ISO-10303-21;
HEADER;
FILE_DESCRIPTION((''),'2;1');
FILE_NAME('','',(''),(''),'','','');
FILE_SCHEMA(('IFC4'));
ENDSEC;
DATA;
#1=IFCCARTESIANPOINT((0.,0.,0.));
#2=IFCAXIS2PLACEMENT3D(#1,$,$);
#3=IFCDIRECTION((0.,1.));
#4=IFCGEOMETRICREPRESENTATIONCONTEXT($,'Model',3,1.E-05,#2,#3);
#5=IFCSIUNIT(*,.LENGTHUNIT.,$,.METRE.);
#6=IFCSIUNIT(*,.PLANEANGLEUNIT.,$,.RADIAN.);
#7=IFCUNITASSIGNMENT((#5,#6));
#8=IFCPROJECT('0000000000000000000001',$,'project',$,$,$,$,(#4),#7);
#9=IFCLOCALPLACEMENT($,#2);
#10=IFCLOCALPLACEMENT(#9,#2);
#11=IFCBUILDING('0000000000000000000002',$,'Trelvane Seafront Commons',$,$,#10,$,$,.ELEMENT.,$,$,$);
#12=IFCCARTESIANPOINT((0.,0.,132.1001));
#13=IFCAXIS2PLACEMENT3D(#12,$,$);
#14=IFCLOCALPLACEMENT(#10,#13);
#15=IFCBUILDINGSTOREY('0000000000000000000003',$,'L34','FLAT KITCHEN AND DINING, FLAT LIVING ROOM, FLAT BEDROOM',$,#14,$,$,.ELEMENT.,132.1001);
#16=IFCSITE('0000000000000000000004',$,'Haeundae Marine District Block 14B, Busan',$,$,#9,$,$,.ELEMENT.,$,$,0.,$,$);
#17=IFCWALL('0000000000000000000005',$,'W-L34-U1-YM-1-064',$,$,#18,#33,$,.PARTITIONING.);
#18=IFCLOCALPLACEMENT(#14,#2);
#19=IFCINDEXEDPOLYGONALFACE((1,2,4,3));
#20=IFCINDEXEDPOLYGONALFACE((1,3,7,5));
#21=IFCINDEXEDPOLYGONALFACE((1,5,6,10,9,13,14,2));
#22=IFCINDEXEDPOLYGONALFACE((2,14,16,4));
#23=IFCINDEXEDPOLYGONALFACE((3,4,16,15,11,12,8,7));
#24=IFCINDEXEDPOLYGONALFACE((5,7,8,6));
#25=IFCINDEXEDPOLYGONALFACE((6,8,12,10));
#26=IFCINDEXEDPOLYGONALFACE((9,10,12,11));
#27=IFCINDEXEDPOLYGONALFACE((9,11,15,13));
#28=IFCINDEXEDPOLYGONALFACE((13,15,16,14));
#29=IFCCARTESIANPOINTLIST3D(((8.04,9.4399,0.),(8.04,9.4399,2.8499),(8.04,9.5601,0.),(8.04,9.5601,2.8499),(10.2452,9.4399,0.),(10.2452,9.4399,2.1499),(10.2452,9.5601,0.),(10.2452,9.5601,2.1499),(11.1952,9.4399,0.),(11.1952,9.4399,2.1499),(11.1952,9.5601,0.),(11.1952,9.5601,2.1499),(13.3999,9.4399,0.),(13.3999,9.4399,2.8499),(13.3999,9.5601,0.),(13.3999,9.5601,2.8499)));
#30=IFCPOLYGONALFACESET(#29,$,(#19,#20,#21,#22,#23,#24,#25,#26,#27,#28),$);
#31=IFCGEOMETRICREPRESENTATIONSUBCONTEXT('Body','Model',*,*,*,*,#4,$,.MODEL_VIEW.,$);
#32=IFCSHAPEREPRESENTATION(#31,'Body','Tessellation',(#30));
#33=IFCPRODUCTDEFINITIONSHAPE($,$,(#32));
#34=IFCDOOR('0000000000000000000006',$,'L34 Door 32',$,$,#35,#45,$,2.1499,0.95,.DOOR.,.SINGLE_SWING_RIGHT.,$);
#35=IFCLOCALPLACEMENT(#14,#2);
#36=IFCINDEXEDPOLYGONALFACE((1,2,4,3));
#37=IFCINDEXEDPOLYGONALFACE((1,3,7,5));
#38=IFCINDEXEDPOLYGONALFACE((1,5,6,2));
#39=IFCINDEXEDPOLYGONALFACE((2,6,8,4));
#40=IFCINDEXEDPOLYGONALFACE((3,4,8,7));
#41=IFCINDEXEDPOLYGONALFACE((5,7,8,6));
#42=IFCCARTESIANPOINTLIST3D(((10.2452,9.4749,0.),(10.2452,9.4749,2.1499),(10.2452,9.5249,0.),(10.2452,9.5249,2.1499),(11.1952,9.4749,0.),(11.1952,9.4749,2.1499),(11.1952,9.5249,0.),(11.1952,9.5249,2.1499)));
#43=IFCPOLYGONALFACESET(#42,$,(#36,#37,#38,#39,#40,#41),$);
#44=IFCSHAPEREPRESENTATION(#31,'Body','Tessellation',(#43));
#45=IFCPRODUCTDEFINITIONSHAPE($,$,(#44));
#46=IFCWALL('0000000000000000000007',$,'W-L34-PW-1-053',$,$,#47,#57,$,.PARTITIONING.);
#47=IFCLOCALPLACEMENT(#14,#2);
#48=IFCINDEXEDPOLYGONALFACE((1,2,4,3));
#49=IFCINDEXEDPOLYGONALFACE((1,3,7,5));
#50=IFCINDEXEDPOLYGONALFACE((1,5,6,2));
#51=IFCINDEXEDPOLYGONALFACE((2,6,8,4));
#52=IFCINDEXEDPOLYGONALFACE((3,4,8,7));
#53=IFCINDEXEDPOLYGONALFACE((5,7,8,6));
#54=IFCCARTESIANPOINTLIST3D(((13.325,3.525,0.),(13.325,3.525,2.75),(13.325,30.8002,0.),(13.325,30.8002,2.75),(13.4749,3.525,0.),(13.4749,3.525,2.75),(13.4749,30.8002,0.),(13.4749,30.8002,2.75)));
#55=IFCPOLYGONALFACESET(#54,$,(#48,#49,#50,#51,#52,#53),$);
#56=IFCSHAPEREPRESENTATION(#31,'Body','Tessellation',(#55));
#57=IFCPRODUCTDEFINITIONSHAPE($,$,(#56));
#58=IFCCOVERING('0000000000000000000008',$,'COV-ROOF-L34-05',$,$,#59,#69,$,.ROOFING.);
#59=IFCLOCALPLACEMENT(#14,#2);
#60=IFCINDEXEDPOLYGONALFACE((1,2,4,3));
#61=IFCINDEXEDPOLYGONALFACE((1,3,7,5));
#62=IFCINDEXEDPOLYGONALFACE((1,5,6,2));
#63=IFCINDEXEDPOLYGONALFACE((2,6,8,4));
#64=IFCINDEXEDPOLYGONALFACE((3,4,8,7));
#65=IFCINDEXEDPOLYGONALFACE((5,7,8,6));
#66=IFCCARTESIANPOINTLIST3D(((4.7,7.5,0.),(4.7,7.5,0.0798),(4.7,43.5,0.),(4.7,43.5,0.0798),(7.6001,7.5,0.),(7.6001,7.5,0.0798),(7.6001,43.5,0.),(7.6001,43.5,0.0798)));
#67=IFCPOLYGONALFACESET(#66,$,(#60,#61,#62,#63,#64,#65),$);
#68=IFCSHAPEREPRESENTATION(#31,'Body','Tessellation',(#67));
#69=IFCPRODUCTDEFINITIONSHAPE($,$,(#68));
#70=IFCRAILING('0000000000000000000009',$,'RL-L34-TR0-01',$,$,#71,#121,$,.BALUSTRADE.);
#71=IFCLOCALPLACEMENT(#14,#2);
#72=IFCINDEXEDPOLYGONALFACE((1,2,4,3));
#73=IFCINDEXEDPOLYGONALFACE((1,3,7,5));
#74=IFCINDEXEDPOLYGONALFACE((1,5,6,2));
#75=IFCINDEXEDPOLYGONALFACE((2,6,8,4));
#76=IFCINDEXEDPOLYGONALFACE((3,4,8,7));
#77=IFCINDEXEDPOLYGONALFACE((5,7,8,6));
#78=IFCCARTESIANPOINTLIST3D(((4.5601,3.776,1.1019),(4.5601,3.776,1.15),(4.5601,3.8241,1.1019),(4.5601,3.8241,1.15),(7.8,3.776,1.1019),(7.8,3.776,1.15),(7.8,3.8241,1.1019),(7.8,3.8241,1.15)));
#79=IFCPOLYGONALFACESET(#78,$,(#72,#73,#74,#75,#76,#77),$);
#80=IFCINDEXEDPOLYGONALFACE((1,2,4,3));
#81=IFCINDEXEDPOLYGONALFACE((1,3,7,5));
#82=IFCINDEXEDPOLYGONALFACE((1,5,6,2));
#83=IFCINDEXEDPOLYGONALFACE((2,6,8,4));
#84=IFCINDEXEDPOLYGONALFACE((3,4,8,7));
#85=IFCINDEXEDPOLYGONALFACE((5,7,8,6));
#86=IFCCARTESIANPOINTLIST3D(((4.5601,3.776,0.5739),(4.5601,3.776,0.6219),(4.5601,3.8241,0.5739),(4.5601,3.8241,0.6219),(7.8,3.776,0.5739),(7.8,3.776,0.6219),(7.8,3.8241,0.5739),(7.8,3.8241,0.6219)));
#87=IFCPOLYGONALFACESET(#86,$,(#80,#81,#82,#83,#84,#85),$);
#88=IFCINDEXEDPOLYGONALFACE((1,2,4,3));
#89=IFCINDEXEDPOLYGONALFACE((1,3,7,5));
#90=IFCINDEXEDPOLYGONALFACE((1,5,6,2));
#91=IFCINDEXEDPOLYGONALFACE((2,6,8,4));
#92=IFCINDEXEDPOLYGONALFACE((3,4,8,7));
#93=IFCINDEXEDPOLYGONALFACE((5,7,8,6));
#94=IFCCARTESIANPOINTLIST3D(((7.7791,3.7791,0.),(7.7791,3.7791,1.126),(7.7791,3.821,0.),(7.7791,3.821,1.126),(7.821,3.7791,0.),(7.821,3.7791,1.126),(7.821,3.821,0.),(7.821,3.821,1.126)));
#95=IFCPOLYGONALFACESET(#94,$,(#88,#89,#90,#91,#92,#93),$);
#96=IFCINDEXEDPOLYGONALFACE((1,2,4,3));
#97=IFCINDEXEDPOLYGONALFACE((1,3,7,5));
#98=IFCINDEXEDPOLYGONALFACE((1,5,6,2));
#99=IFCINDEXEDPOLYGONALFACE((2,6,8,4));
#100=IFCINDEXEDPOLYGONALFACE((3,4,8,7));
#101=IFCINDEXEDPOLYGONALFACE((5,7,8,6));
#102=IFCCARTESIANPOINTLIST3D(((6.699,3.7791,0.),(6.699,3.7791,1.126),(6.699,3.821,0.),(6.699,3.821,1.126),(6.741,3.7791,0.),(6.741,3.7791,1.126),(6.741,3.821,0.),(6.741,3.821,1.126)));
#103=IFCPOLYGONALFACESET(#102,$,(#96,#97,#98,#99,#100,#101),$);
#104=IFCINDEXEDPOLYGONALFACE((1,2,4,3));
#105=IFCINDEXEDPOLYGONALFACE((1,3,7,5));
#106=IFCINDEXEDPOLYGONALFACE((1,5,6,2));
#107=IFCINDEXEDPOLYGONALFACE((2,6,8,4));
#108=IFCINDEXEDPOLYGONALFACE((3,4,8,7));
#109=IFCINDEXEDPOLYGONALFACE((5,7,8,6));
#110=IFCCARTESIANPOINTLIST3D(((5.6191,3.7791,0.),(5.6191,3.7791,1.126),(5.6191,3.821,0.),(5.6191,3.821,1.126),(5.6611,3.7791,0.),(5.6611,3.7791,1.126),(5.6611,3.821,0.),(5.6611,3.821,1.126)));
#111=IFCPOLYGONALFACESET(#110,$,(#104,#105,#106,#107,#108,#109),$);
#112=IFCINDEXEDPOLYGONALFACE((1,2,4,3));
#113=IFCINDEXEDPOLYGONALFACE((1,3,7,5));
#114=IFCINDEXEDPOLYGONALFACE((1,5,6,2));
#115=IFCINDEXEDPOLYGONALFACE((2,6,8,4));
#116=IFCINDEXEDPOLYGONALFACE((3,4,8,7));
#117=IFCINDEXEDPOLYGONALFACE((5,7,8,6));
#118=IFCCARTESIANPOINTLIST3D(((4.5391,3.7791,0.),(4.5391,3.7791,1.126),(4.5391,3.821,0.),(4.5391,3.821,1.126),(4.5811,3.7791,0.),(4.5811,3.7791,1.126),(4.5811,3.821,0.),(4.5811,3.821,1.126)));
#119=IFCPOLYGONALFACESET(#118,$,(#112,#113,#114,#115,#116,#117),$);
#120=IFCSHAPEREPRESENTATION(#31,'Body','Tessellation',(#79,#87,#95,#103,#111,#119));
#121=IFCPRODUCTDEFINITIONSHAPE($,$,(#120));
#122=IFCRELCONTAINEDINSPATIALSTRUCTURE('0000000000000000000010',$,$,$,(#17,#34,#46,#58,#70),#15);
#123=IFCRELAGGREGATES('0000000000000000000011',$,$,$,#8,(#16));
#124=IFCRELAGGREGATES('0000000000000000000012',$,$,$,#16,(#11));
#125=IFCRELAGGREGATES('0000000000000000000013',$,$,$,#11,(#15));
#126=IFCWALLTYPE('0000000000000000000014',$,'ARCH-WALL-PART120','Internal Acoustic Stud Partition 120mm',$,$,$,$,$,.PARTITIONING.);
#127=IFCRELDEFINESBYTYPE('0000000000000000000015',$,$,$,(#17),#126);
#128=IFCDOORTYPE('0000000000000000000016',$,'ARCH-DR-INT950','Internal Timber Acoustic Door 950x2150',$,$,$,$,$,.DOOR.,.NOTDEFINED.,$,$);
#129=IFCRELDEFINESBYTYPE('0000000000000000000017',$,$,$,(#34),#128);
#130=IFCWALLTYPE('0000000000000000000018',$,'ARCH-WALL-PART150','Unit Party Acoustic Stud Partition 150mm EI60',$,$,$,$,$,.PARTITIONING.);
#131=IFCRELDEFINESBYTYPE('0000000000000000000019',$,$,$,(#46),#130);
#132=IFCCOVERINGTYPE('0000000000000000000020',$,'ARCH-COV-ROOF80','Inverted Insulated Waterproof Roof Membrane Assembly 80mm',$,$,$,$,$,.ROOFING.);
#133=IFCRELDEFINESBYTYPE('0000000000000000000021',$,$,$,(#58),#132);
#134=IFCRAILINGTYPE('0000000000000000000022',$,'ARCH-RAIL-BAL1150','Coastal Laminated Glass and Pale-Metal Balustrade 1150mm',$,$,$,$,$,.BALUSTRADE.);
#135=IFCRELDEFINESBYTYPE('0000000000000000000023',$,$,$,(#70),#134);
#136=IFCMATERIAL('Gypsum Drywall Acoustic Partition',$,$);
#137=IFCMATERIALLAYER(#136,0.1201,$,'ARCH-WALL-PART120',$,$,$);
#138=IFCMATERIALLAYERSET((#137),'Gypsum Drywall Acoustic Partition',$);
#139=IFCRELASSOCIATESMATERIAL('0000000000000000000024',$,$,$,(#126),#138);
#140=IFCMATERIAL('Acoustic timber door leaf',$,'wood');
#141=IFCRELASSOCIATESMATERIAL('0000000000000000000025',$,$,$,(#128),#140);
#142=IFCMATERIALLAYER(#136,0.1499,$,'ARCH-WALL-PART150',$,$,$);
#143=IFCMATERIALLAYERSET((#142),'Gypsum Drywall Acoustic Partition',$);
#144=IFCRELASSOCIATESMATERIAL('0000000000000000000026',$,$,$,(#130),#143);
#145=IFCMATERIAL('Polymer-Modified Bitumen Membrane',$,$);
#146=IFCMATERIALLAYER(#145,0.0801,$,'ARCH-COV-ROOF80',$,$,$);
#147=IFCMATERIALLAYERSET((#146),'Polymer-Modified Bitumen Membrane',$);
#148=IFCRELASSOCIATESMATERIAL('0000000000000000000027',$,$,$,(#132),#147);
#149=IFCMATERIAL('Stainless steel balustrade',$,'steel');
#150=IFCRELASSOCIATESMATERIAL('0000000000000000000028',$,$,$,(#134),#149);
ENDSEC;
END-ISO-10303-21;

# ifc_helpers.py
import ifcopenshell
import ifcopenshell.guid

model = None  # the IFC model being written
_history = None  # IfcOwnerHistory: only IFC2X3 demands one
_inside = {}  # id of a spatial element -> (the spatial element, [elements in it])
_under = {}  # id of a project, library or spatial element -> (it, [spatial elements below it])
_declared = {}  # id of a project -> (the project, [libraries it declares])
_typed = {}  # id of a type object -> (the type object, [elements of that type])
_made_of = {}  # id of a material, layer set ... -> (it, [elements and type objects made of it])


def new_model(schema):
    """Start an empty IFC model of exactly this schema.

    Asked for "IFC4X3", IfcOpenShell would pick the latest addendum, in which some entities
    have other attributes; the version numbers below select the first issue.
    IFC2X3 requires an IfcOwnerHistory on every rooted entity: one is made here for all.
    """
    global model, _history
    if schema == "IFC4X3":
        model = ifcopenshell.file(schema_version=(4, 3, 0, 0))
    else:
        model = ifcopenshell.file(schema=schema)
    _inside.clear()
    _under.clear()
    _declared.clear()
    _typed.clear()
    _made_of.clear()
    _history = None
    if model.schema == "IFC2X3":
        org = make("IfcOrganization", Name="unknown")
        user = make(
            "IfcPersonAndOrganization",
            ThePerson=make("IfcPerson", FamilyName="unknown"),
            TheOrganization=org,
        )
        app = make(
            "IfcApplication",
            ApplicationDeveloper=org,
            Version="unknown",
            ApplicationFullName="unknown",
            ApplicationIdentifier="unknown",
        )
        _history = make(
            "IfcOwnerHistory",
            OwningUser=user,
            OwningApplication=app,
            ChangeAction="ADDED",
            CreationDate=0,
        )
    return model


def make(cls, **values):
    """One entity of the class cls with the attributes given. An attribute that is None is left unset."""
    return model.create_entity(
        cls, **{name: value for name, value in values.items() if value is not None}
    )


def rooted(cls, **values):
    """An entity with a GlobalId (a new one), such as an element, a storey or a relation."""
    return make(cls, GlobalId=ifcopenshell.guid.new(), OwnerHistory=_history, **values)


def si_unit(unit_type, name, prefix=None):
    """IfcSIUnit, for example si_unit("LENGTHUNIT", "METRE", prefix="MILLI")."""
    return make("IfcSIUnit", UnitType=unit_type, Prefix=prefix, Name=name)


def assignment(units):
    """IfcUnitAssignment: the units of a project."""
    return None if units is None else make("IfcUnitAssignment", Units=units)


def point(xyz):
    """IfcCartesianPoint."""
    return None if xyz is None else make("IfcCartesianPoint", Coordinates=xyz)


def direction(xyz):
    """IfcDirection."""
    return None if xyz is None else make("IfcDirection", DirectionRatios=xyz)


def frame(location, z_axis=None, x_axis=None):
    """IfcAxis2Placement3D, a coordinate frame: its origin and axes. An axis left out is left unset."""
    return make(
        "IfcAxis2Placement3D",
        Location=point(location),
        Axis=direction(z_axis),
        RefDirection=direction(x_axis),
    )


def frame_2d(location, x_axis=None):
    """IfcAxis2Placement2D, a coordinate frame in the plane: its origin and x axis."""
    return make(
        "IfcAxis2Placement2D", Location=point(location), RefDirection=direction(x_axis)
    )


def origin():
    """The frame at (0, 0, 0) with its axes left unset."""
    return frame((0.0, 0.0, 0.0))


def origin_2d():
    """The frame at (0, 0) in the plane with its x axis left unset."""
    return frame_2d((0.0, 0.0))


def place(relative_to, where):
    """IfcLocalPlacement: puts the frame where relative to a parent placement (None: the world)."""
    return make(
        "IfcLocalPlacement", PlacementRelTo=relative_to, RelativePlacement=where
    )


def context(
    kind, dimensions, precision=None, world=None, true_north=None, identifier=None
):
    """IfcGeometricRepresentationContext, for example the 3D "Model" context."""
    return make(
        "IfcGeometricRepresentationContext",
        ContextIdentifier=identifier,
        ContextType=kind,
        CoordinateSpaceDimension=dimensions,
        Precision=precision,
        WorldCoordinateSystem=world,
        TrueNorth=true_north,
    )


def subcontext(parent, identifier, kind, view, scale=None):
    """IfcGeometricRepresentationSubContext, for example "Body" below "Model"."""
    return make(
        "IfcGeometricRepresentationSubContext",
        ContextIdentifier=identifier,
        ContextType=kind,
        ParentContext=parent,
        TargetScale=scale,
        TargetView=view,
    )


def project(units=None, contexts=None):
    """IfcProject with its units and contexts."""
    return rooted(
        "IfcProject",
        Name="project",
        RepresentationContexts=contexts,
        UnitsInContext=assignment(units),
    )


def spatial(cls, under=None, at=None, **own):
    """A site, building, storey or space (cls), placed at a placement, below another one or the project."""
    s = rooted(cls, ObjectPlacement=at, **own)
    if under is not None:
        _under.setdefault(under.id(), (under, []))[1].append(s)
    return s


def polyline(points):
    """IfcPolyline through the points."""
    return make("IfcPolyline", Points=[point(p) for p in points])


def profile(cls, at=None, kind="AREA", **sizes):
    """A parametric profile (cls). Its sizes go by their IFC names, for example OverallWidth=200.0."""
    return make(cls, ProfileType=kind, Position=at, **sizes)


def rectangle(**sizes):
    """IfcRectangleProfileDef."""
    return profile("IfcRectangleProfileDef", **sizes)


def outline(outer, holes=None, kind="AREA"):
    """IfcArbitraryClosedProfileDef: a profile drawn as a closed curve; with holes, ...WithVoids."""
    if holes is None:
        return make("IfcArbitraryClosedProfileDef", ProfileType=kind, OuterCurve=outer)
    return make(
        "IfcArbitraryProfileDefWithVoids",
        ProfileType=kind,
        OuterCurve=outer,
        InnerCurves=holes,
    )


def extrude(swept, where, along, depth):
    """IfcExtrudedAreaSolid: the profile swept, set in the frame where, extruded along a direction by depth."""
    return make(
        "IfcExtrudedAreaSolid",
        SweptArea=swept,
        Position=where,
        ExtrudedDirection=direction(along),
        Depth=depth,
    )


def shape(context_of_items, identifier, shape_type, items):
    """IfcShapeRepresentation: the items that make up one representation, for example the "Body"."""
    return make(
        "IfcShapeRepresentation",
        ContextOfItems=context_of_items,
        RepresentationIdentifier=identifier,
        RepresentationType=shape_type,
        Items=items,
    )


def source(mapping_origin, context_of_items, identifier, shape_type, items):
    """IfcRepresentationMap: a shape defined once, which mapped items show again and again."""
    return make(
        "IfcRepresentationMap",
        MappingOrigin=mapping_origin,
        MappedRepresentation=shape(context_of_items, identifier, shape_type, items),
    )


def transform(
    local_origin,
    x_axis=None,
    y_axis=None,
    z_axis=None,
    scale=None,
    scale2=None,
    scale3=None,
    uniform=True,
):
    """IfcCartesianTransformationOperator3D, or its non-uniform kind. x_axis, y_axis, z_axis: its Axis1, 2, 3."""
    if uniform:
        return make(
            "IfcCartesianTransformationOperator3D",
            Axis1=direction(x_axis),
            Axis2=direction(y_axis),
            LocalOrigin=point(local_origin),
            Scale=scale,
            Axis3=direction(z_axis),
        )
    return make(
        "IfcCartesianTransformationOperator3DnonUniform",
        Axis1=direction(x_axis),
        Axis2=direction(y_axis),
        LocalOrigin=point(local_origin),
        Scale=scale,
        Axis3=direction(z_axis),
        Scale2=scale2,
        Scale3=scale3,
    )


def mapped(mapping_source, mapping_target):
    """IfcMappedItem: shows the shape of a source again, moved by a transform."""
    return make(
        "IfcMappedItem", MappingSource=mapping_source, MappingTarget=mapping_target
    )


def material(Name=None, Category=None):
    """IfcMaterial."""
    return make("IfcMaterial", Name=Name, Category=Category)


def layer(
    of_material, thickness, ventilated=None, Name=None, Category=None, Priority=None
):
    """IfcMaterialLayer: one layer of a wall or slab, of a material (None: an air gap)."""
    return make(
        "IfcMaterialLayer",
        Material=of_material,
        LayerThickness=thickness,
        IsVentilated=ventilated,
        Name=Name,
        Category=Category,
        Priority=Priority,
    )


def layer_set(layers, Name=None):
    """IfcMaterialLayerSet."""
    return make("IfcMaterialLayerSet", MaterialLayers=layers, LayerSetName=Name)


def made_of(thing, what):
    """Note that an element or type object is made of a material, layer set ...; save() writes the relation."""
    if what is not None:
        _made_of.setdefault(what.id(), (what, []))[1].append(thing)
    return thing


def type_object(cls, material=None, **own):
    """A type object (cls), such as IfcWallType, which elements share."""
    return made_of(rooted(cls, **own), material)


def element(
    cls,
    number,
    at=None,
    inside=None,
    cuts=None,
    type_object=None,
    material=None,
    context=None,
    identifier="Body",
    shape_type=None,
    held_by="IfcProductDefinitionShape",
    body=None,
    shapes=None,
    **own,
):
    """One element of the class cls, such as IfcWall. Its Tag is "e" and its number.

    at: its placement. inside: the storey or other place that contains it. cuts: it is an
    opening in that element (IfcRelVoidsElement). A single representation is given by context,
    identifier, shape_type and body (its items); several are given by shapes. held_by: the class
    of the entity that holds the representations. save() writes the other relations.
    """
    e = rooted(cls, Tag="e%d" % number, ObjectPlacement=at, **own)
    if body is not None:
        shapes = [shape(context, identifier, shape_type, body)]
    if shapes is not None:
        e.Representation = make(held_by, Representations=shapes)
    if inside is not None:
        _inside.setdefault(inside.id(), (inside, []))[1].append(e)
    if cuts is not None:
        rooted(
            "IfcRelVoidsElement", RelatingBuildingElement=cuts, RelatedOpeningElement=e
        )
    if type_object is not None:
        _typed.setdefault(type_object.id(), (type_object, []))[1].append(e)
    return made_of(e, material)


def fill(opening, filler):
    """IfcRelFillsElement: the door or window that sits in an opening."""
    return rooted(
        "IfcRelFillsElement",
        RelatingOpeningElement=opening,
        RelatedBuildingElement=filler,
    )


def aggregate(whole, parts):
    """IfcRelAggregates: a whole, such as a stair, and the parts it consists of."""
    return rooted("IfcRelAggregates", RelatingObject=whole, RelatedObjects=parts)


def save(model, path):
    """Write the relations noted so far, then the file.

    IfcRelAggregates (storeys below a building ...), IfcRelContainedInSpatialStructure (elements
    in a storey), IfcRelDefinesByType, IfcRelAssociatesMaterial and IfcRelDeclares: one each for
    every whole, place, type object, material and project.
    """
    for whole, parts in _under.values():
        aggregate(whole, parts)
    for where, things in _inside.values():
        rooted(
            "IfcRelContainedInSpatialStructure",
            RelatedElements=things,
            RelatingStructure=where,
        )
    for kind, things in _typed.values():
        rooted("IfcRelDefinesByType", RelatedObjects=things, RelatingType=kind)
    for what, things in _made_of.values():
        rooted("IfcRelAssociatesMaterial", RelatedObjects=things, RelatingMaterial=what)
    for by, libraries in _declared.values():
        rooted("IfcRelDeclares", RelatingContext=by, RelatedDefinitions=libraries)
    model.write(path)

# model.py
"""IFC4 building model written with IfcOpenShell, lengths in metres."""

from ifc_helpers import new_model, si_unit, direction, frame, frame_2d, origin, origin_2d, place, context, subcontext, project, spatial, polyline, rectangle, outline, extrude, source, transform, mapped, material, layer, layer_set, type_object, element, fill, save


model = new_model("IFC4")

# Units and contexts
model_context = context("Model", 3, precision=1e-05, world=origin(), true_north=direction((0.0, 1.0)))
body_context = subcontext(model_context, "Body", "Model", "MODEL_VIEW")
ifc_project = project(units=[si_unit("LENGTHUNIT", "METRE"), si_unit("PLANEANGLEUNIT", "RADIAN")], contexts=[model_context])

# Site, building, storey
site_placement = place(None, origin())
site = spatial("IfcSite", under=ifc_project, at=site_placement, Name="Haeundae Marine District Block 14B, Busan", CompositionType="ELEMENT", RefElevation=0.0)
building_placement = place(site_placement, origin())
building = spatial("IfcBuilding", under=site, at=building_placement, Name="Trelvane Seafront Commons", CompositionType="ELEMENT")
storey_placement = place(building_placement, frame((0.0, 0.0, 132.1001)))
storey = spatial("IfcBuildingStorey", under=building, at=storey_placement, Name="L34", Description="FLAT KITCHEN AND DINING, FLAT LIVING ROOM, FLAT BEDROOM", CompositionType="ELEMENT", Elevation=132.1001)

# Wall, opening, door
ifc_material_1 = material(Name="Gypsum Drywall Acoustic Partition")
ifc_layer_1 = layer(ifc_material_1, 0.1201, Name="ARCH-WALL-PART120")
ifc_layer_set_1 = layer_set([ifc_layer_1], Name="Gypsum Drywall Acoustic Partition")
wall_type_1 = type_object("IfcWallType", Name="ARCH-WALL-PART120", Description="Internal Acoustic Stud Partition 120mm", PredefinedType="PARTITIONING", material=ifc_layer_set_1)
wall_1_placement = place(storey_placement, frame((8.04, 9.5, 0.0), z_axis=(0.0, 0.0, 1.0), x_axis=(1.0, 0.0, 0.0)))
wall_1 = element("IfcWall", 1, at=wall_1_placement, inside=storey, type_object=wall_type_1, Name="W-L34-U1-YM-1-064", PredefinedType="PARTITIONING", context=body_context, shape_type="SweptSolid", body=[
    extrude(rectangle(XDim=5.3599, YDim=0.1201, at=frame_2d((2.6799, 0.0))), origin(), (0.0, 0.0, 1.0), 2.8499),
])
opening_1_placement = place(wall_1_placement, frame((2.2051, 0.0, 0.0)))
opening_1 = element("IfcOpeningElement", 2, at=opening_1_placement, cuts=wall_1, PredefinedType="OPENING", context=body_context, shape_type="SweptSolid", body=[
    extrude(rectangle(XDim=0.95, YDim=2.1499, at=frame_2d((0.4751, 1.075))), frame((0.0, 0.0701, 0.0), z_axis=(0.0, -1.0, 0.0), x_axis=(1.0, 0.0, 0.0)), (0.0, 0.0, 1.0), 0.1401),
])
ifc_material_2 = material(Name="Acoustic timber door leaf", Category="wood")
door_type_1 = type_object("IfcDoorType", Name="ARCH-DR-INT950", Description="Internal Timber Acoustic Door 950x2150", OperationType="NOTDEFINED", PredefinedType="DOOR", material=ifc_material_2)
shared_shape_1 = source(origin(), body_context, "Body", "SweptSolid", [
    extrude(rectangle(XDim=0.95, YDim=2.1499, at=frame_2d((0.4751, 1.075))), frame((0.0, 0.0249, 0.0), z_axis=(0.0, -1.0, 0.0), x_axis=(1.0, 0.0, 0.0)), (0.0, 0.0, 1.0), 0.05),
])
door_1_placement = place(opening_1_placement, origin())
door_1 = element("IfcDoor", 3, at=door_1_placement, inside=storey, type_object=door_type_1, Name="L34 Door 32", OperationType="SINGLE_SWING_RIGHT", OverallHeight=2.1499, OverallWidth=0.95, PredefinedType="DOOR", context=body_context, shape_type="MappedRepresentation", body=[
    mapped(shared_shape_1, transform((0.0, 0.0, 0.0), x_axis=(1.0, 0.0, 0.0), y_axis=(0.0, 1.0, 0.0), z_axis=(0.0, 0.0, 1.0), scale=1.0)),
])
fill(opening_1, door_1)

# Wall
ifc_layer_2 = layer(ifc_material_1, 0.1499, Name="ARCH-WALL-PART150")
ifc_layer_set_2 = layer_set([ifc_layer_2], Name="Gypsum Drywall Acoustic Partition")
wall_type_2 = type_object("IfcWallType", Name="ARCH-WALL-PART150", Description="Unit Party Acoustic Stud Partition 150mm EI60", PredefinedType="PARTITIONING", material=ifc_layer_set_2)
wall_2_placement = place(storey_placement, frame((13.3999, 3.5249, 0.0), z_axis=(0.0, 0.0, 1.0), x_axis=(0.0, 1.0, 0.0)))
element("IfcWall", 4, at=wall_2_placement, inside=storey, type_object=wall_type_2, Name="W-L34-PW-1-053", PredefinedType="PARTITIONING", context=body_context, shape_type="SweptSolid", body=[
    extrude(rectangle(XDim=27.2751, YDim=0.1499, at=frame_2d((13.6377, 0.0))), origin(), (0.0, 0.0, 1.0), 2.75),
])

# Covering
ifc_material_3 = material(Name="Polymer-Modified Bitumen Membrane")
ifc_layer_3 = layer(ifc_material_3, 0.0801, Name="ARCH-COV-ROOF80")
ifc_layer_set_3 = layer_set([ifc_layer_3], Name="Polymer-Modified Bitumen Membrane")
covering_type = type_object("IfcCoveringType", Name="ARCH-COV-ROOF80", Description="Inverted Insulated Waterproof Roof Membrane Assembly 80mm", PredefinedType="ROOFING", material=ifc_layer_set_3)
covering_placement = place(storey_placement, origin())
element("IfcCovering", 5, at=covering_placement, inside=storey, type_object=covering_type, Name="COV-ROOF-L34-05", PredefinedType="ROOFING", context=body_context, shape_type="SweptSolid", body=[
    extrude(outline(polyline([(4.7, 7.5), (7.6001, 7.5), (7.6001, 43.5), (4.7, 43.5), (4.7, 7.5)])), origin(), (0.0, 0.0, 1.0), 0.0798),
])

# Railing
ifc_material_4 = material(Name="Stainless steel balustrade", Category="steel")
railing_type = type_object("IfcRailingType", Name="ARCH-RAIL-BAL1150", Description="Coastal Laminated Glass and Pale-Metal Balustrade 1150mm", PredefinedType="BALUSTRADE", material=ifc_material_4)
railing_1_placement = place(storey_placement, frame((7.8, 3.8, 0.0)))
element("IfcRailing", 6, at=railing_1_placement, inside=storey, type_object=railing_type, Name="RL-L34-TR0-01", PredefinedType="BALUSTRADE", context=body_context, shape_type="SweptSolid", body=[
    extrude(rectangle(XDim=0.0481, YDim=0.0481, at=origin_2d()), frame((0.0, 0.0, 1.126), z_axis=(-1.0, 0.0, 0.0), x_axis=(0.0, -1.0, 0.0)), (0.0, 0.0, 1.0), 3.24),
    extrude(rectangle(XDim=0.0481, YDim=0.0481, at=origin_2d()), frame((0.0, 0.0, 0.5979), z_axis=(-1.0, 0.0, 0.0), x_axis=(0.0, -1.0, 0.0)), (0.0, 0.0, 1.0), 3.24),
    extrude(rectangle(XDim=0.042, YDim=0.042, at=origin_2d()), origin(), (0.0, 0.0, 1.0), 1.126),
    extrude(rectangle(XDim=0.042, YDim=0.042, at=origin_2d()), frame((-1.0801, 0.0, 0.0)), (0.0, 0.0, 1.0), 1.126),
    extrude(rectangle(XDim=0.042, YDim=0.042, at=origin_2d()), frame((-2.1599, 0.0, 0.0)), (0.0, 0.0, 1.0), 1.126),
    extrude(rectangle(XDim=0.042, YDim=0.042, at=origin_2d()), frame((-3.24, 0.0, 0.0)), (0.0, 0.0, 1.0), 1.126),
])

save(model, "model.ifc")
